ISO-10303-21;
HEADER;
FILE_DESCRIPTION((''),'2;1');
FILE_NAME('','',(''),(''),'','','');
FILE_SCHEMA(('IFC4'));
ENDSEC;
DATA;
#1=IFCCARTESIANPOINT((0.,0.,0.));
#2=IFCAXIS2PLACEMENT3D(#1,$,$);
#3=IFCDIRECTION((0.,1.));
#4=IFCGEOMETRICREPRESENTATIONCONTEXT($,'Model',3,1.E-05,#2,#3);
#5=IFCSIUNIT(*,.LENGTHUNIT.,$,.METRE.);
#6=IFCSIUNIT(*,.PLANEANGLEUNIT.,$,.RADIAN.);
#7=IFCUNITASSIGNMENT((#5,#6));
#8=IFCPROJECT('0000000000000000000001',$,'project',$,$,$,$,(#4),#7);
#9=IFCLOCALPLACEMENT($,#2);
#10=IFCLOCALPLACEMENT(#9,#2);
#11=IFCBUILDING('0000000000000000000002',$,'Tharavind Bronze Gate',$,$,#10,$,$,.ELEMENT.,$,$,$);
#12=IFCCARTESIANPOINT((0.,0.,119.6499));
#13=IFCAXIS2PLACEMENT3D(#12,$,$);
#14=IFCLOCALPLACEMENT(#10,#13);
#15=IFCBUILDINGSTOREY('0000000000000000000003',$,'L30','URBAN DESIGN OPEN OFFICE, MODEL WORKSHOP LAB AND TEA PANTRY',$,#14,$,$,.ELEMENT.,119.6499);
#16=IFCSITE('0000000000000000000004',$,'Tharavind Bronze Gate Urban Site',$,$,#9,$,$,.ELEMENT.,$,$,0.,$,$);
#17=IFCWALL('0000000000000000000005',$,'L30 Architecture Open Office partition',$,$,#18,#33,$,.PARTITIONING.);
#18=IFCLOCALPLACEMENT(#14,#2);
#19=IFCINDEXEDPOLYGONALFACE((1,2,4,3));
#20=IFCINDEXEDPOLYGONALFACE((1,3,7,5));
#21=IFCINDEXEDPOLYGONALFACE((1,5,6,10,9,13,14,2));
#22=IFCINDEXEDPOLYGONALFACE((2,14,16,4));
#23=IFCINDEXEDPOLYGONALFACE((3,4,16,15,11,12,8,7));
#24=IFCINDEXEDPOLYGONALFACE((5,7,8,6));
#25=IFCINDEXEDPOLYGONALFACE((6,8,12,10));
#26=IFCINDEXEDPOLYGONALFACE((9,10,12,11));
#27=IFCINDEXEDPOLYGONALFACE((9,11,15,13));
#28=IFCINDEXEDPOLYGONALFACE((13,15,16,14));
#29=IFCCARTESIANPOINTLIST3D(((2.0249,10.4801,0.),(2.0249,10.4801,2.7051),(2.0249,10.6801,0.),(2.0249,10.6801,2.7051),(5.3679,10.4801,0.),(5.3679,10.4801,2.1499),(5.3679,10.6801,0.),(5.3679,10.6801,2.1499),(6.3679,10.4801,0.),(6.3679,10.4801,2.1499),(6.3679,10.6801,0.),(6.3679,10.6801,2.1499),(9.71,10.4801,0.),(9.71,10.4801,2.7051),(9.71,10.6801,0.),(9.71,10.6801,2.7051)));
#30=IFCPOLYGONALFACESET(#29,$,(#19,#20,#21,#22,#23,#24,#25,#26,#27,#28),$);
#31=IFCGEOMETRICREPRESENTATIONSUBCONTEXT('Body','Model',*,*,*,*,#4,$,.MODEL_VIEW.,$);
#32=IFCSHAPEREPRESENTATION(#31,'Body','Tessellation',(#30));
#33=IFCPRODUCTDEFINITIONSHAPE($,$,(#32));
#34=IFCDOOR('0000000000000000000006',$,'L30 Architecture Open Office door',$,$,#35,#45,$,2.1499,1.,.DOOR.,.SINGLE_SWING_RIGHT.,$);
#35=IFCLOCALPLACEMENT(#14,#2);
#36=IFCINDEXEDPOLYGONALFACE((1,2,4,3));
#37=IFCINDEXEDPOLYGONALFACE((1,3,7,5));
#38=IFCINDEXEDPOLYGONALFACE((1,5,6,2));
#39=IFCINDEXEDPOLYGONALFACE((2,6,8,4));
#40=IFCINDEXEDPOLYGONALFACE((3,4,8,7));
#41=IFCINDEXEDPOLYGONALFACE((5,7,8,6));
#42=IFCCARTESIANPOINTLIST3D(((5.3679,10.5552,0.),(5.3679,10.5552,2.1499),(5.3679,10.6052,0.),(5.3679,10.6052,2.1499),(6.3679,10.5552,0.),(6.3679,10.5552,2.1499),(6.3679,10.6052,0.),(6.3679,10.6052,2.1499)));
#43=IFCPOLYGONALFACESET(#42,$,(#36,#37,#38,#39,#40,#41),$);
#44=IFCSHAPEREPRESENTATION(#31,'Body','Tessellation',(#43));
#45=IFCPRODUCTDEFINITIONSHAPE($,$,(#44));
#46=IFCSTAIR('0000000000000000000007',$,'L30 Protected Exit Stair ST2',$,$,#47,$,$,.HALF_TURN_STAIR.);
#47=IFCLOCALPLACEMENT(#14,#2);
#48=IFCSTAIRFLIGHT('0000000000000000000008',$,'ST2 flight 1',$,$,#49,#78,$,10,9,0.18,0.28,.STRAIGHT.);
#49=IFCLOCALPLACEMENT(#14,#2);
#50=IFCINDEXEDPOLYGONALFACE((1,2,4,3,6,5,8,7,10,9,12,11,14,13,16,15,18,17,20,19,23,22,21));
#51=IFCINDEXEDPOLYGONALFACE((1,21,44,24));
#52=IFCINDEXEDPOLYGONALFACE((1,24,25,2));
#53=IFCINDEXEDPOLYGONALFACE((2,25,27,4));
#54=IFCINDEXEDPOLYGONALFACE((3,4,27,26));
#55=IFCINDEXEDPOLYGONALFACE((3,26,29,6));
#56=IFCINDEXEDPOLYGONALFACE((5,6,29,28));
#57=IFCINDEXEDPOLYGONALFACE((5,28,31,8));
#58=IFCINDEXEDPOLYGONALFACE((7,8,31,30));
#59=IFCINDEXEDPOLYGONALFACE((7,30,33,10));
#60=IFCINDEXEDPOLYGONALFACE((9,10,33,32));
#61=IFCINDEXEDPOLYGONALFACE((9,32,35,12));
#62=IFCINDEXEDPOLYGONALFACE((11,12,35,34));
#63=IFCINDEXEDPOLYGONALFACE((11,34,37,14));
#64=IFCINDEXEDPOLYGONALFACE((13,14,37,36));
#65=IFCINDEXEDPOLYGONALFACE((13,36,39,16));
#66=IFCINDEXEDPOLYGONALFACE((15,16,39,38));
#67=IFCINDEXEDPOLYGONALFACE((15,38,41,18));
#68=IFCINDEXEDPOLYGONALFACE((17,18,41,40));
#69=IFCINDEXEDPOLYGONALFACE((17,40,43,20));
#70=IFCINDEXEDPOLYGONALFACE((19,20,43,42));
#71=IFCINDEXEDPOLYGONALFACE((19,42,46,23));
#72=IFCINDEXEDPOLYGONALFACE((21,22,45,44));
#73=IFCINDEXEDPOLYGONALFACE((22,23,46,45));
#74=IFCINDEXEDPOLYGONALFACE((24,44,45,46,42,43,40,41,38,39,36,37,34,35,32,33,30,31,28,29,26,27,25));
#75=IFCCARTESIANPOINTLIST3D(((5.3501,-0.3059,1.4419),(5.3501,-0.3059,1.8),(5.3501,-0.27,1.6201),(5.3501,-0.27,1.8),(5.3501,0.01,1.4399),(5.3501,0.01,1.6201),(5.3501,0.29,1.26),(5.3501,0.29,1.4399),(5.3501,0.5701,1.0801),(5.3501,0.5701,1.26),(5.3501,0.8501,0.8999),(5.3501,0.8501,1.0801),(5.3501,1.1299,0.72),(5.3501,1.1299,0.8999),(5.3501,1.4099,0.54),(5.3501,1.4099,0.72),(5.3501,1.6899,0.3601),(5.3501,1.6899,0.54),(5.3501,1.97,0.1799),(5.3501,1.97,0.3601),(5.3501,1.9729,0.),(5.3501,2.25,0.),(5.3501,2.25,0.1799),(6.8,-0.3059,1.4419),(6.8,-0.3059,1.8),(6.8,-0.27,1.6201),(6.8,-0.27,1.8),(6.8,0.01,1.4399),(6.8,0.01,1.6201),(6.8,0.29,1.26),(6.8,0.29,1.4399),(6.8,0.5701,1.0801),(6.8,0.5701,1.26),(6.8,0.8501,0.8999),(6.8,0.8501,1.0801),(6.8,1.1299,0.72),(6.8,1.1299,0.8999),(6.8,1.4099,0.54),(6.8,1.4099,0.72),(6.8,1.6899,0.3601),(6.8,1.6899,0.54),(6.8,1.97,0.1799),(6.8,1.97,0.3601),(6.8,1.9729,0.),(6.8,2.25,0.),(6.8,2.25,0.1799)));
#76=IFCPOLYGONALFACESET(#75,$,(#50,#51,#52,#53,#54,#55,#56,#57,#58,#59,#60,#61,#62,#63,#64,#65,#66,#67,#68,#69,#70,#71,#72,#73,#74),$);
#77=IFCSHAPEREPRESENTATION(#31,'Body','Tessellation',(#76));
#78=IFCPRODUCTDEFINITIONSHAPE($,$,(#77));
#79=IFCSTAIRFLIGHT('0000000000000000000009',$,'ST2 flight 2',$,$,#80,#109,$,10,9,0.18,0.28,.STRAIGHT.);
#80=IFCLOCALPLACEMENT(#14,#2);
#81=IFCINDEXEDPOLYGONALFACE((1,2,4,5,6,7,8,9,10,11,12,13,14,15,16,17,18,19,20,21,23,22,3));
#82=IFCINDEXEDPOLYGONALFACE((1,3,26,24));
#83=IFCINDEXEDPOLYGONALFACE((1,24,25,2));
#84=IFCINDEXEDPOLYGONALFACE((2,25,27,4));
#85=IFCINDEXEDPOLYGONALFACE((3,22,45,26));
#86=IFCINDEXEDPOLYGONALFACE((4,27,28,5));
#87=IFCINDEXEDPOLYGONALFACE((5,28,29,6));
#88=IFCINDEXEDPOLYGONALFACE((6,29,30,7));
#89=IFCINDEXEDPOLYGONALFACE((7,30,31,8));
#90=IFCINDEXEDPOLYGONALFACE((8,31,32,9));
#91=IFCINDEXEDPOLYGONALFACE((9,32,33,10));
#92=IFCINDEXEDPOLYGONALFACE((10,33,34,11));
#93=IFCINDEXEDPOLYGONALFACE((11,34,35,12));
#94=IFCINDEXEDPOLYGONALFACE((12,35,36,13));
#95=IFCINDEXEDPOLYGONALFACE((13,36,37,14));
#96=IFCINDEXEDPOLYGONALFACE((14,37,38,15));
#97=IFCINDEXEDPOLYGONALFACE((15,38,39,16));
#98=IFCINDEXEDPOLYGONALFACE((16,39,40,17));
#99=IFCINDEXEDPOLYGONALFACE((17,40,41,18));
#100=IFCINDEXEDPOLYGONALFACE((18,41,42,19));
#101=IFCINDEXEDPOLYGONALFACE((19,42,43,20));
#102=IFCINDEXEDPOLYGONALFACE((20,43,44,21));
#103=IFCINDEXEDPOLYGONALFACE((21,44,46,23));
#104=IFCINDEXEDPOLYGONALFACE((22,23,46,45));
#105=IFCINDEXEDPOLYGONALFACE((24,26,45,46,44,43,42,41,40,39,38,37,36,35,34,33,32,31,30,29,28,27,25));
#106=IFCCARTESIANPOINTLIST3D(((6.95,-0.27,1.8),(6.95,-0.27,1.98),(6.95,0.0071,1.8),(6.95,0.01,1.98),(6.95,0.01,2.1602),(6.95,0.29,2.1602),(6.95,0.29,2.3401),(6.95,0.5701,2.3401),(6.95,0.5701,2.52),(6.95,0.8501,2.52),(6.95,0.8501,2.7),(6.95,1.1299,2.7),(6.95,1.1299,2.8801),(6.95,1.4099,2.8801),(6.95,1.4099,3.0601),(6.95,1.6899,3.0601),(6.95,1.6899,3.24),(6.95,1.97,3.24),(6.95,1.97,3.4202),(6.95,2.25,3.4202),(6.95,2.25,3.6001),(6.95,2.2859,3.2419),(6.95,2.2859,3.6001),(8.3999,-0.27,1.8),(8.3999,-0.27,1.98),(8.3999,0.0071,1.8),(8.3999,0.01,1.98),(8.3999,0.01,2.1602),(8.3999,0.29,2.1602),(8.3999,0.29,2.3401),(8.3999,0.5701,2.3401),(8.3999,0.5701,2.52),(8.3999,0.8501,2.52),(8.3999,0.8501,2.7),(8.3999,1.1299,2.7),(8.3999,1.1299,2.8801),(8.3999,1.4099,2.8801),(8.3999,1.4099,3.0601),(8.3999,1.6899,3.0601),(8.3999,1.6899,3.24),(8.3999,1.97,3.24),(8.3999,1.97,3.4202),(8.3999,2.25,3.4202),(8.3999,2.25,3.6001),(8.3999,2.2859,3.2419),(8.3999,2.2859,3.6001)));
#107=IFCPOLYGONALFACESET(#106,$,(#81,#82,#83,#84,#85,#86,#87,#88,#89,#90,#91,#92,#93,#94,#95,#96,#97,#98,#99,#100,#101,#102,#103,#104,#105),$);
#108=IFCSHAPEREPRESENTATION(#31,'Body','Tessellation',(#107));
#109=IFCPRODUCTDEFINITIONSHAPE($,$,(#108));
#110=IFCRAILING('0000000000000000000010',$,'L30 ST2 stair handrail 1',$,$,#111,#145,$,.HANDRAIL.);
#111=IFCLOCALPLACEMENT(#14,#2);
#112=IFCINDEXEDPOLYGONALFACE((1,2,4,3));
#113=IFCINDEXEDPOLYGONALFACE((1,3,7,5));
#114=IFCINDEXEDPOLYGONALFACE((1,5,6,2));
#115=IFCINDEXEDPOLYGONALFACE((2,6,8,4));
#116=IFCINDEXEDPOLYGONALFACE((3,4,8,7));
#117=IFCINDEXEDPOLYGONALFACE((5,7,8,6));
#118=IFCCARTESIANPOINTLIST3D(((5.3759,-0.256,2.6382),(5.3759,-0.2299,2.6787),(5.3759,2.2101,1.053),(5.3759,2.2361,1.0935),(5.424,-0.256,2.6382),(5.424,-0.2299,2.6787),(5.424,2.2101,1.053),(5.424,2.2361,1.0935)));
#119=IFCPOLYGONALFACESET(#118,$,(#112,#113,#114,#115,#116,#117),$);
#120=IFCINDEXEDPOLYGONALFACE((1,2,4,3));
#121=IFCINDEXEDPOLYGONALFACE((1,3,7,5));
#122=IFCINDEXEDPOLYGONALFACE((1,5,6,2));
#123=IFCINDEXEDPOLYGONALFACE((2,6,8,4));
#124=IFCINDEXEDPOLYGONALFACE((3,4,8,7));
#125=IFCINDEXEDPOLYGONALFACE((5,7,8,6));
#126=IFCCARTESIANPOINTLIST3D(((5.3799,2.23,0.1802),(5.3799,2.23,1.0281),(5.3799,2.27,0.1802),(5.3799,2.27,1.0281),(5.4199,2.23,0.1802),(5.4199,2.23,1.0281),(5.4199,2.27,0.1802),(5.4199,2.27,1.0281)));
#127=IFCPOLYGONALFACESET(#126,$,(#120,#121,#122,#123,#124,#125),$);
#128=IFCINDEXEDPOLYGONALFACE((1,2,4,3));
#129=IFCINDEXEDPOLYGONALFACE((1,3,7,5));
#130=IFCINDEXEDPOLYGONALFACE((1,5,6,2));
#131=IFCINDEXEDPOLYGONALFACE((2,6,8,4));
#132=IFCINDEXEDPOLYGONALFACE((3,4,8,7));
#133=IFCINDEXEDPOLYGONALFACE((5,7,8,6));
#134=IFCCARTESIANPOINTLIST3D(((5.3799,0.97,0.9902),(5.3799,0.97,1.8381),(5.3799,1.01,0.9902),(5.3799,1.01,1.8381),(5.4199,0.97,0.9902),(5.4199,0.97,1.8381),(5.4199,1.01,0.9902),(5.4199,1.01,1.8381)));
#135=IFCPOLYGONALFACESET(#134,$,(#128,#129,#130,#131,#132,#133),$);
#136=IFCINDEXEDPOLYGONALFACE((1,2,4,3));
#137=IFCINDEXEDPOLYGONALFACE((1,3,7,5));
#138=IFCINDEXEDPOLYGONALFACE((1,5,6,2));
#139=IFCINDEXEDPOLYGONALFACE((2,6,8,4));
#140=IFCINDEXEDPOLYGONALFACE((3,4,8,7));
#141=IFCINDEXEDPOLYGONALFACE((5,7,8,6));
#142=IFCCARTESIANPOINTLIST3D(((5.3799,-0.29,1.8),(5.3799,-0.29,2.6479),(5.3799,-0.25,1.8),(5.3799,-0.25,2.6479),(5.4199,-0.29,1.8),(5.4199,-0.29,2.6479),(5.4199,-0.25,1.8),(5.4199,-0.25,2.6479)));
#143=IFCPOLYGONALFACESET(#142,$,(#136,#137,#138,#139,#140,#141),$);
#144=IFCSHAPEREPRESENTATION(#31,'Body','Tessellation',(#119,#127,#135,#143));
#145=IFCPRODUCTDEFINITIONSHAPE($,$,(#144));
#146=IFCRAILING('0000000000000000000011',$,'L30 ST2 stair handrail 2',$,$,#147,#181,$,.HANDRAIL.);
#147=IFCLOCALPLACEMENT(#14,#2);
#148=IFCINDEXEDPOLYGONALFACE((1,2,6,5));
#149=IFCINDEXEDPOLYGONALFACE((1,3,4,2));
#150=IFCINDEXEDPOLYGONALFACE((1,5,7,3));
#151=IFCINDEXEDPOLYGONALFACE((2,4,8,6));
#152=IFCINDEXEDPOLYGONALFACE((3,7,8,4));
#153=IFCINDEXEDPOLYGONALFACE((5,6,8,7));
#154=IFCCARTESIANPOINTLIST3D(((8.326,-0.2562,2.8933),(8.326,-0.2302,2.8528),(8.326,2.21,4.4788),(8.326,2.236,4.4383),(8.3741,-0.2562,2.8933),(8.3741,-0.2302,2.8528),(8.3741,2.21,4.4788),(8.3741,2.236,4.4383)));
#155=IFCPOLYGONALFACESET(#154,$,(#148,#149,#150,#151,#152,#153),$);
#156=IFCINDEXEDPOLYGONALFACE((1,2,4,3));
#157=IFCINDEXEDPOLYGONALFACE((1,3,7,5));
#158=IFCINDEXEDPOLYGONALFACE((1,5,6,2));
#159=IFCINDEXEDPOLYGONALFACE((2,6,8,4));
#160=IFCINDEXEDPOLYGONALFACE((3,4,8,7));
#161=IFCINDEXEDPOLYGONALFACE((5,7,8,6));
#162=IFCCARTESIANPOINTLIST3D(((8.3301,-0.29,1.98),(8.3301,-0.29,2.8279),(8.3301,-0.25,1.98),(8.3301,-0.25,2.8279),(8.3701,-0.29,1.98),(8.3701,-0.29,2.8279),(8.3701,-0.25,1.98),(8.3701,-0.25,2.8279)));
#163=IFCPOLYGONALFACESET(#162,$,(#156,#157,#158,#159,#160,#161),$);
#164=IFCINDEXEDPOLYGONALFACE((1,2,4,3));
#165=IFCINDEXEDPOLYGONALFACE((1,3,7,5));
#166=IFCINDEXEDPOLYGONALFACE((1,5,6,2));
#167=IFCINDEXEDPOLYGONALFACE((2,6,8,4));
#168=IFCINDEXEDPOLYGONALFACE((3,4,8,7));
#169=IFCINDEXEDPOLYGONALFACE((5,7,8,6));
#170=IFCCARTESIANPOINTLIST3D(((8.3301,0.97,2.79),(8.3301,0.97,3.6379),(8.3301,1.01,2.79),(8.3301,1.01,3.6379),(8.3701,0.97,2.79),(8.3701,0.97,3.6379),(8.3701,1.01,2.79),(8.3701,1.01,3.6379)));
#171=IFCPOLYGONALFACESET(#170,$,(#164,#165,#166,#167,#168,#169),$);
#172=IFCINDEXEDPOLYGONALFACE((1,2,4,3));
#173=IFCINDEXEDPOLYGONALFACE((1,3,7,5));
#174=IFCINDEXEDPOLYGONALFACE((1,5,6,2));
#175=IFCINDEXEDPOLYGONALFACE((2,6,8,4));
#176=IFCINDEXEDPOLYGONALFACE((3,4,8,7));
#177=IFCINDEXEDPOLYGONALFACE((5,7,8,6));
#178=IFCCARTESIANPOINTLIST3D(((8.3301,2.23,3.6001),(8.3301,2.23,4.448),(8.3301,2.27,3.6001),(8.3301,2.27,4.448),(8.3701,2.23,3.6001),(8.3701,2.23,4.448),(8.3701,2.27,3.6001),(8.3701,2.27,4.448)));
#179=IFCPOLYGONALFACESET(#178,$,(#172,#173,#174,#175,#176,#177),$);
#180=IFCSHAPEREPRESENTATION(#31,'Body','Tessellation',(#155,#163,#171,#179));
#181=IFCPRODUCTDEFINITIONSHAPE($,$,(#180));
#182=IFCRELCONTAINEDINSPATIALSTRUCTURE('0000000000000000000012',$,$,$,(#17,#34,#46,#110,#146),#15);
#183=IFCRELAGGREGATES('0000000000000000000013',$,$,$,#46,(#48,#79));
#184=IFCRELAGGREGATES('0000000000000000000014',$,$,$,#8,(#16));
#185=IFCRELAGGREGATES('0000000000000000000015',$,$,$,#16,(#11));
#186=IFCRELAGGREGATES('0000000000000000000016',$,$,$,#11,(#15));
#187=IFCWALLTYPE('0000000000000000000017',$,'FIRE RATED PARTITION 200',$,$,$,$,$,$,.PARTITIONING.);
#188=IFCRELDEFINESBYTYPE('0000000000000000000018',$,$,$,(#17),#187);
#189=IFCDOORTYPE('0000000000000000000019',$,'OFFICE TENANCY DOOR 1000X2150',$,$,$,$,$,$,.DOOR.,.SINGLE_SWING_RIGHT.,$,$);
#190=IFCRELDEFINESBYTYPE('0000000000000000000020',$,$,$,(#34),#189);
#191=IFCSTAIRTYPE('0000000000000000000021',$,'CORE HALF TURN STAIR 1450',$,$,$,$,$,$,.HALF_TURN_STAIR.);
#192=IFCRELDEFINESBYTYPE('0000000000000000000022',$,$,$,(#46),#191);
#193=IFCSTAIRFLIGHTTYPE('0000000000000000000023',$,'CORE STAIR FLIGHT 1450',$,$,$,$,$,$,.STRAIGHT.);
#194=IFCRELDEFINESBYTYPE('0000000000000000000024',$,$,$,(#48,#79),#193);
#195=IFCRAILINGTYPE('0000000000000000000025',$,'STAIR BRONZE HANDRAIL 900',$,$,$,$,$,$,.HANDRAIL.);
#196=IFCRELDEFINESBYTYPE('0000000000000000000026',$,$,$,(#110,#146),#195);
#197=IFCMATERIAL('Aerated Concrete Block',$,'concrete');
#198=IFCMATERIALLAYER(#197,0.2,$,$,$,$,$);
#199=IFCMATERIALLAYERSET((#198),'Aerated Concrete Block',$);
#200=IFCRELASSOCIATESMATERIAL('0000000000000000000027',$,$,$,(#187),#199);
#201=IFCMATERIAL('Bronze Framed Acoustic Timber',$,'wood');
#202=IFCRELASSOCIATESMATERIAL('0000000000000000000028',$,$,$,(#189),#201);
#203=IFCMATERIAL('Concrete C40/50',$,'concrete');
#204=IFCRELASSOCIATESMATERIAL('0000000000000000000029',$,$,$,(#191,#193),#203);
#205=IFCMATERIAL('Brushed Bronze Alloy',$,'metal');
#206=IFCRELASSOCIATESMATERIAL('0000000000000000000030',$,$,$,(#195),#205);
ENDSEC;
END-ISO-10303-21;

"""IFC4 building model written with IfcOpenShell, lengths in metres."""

from ifc_helpers import new_model, si_unit, direction, frame, frame_2d, origin, origin_2d, place, context, subcontext, project, spatial, polyline, rectangle, outline, extrude, material, layer, layer_set, type_object, element, fill, aggregate, save


model = new_model("IFC4")

# Units and contexts
model_context = context("Model", 3, precision=1e-05, world=origin(), true_north=direction((0.0, 1.0)))
body_context = subcontext(model_context, "Body", "Model", "MODEL_VIEW")
ifc_project = project(units=[si_unit("LENGTHUNIT", "METRE"), si_unit("PLANEANGLEUNIT", "RADIAN")], contexts=[model_context])

# Site, building, storey
site_placement = place(None, origin())
site = spatial("IfcSite", under=ifc_project, at=site_placement, Name="Tharavind Bronze Gate Urban Site", CompositionType="ELEMENT", RefElevation=0.0)
building_placement = place(site_placement, origin())
building = spatial("IfcBuilding", under=site, at=building_placement, Name="Tharavind Bronze Gate", CompositionType="ELEMENT")
storey_placement = place(building_placement, frame((0.0, 0.0, 119.6499)))
storey = spatial("IfcBuildingStorey", under=building, at=storey_placement, Name="L30", Description="URBAN DESIGN OPEN OFFICE, MODEL WORKSHOP LAB AND TEA PANTRY", CompositionType="ELEMENT", Elevation=119.6499)

# Wall, opening, door
ifc_material_1 = material(Name="Aerated Concrete Block", Category="concrete")
ifc_layer_1 = layer(ifc_material_1, 0.2)
ifc_layer_set_1 = layer_set([ifc_layer_1], Name="Aerated Concrete Block")
wall_type_1 = type_object("IfcWallType", Name="FIRE RATED PARTITION 200", PredefinedType="PARTITIONING", material=ifc_layer_set_1)
wall_1_placement = place(storey_placement, frame((9.71, 10.5801, 0.0), z_axis=(0.0, 0.0, 1.0), x_axis=(-1.0, 0.0, 0.0)))
wall_1 = element("IfcWall", 1, at=wall_1_placement, inside=storey, type_object=wall_type_1, Name="L30 Architecture Open Office partition", PredefinedType="PARTITIONING", context=body_context, shape_type="SweptSolid", body=[
    extrude(rectangle(XDim=7.6851, YDim=0.2, at=frame_2d((3.8425, 0.0))), origin(), (0.0, 0.0, 1.0), 2.7051),
])
opening_1_placement = place(wall_1_placement, frame((3.342, 0.0, 0.0)))
opening_1 = element("IfcOpeningElement", 2, at=opening_1_placement, cuts=wall_1, PredefinedType="OPENING", context=body_context, shape_type="SweptSolid", body=[
    extrude(rectangle(XDim=1.0, YDim=2.1499, at=frame_2d((0.5, 1.075))), frame((0.0, 0.1101, 0.0), z_axis=(0.0, -1.0, 0.0), x_axis=(1.0, 0.0, 0.0)), (0.0, 0.0, 1.0), 0.22),
])
ifc_material_2 = material(Name="Bronze Framed Acoustic Timber", Category="wood")
door_type_1 = type_object("IfcDoorType", Name="OFFICE TENANCY DOOR 1000X2150", OperationType="SINGLE_SWING_RIGHT", PredefinedType="DOOR", material=ifc_material_2)
door_1_placement = place(opening_1_placement, origin())
door_1 = element("IfcDoor", 3, at=door_1_placement, inside=storey, type_object=door_type_1, Name="L30 Architecture Open Office door", OperationType="SINGLE_SWING_RIGHT", OverallHeight=2.1499, OverallWidth=1.0, PredefinedType="DOOR", context=body_context, shape_type="SweptSolid", body=[
    extrude(rectangle(XDim=1.0, YDim=2.1499, at=frame_2d((0.5, 1.075))), frame((0.0, 0.0249, 0.0), z_axis=(0.0, -1.0, 0.0), x_axis=(1.0, 0.0, 0.0)), (0.0, 0.0, 1.0), 0.05),
])
fill(opening_1, door_1)

# Stair, stair flights
ifc_material_3 = material(Name="Concrete C40/50", Category="concrete")
stair_type = type_object("IfcStairType", Name="CORE HALF TURN STAIR 1450", PredefinedType="HALF_TURN_STAIR", material=ifc_material_3)
stair_placement = place(storey_placement, origin())
stair = element("IfcStair", 4, at=stair_placement, inside=storey, type_object=stair_type, Name="L30 Protected Exit Stair ST2", PredefinedType="HALF_TURN_STAIR")
stair_flight_type = type_object("IfcStairFlightType", Name="CORE STAIR FLIGHT 1450", PredefinedType="STRAIGHT", material=ifc_material_3)
stair_flight_1_placement = place(storey_placement, frame((6.075, 2.25, 0.0), z_axis=(0.0, 0.0, 1.0), x_axis=(0.0, -1.0, 0.0)))
stair_flight_1 = element("IfcStairFlight", 5, at=stair_flight_1_placement, type_object=stair_flight_type, Name="ST2 flight 1", NumberOfRisers=10, NumberOfTreads=9, PredefinedType="STRAIGHT", RiserHeight=0.18, TreadLength=0.28, context=body_context, shape_type="SweptSolid", body=[
    extrude(outline(polyline([(0.0, 0.0), (0.0, 0.1799), (0.28, 0.1799), (0.28, 0.3601), (0.5601, 0.3601), (0.5601, 0.54), (0.8401, 0.54), (0.8401, 0.72), (1.1201, 0.72), (1.1201, 0.8999), (1.3999, 0.8999), (1.3999, 1.0801), (1.6799, 1.0801), (1.6799, 1.26), (1.96, 1.26), (1.96, 1.4399), (2.24, 1.4399), (2.24, 1.6201), (2.52, 1.6201), (2.52, 1.8), (2.5559, 1.8), (2.5559, 1.4419), (0.2771, 0.0), (0.0, 0.0)])), frame((0.0, 0.7251, 0.0), z_axis=(0.0, -1.0, 0.0), x_axis=(1.0, 0.0, 0.0)), (0.0, 0.0, 1.0), 1.45),
])
stair_flight_2_placement = place(storey_placement, frame((7.675, -0.27, 1.8), z_axis=(0.0, 0.0, 1.0), x_axis=(0.0, 1.0, 0.0)))
stair_flight_2 = element("IfcStairFlight", 6, at=stair_flight_2_placement, type_object=stair_flight_type, Name="ST2 flight 2", NumberOfRisers=10, NumberOfTreads=9, PredefinedType="STRAIGHT", RiserHeight=0.18, TreadLength=0.28, context=body_context, shape_type="SweptSolid", body=[
    extrude(outline(polyline([(0.0, 0.0), (0.0, 0.1799), (0.28, 0.1799), (0.28, 0.3601), (0.5601, 0.3601), (0.5601, 0.54), (0.8401, 0.54), (0.8401, 0.72), (1.1201, 0.72), (1.1201, 0.8999), (1.3999, 0.8999), (1.3999, 1.0801), (1.6799, 1.0801), (1.6799, 1.26), (1.96, 1.26), (1.96, 1.4399), (2.24, 1.4399), (2.24, 1.6201), (2.52, 1.6201), (2.52, 1.8), (2.5559, 1.8), (2.5559, 1.4419), (0.2771, 0.0), (0.0, 0.0)])), frame((0.0, 0.7251, 0.0), z_axis=(0.0, -1.0, 0.0), x_axis=(1.0, 0.0, 0.0)), (0.0, 0.0, 1.0), 1.45),
])
aggregate(stair, [stair_flight_1, stair_flight_2])

# Railings
ifc_material_4 = material(Name="Brushed Bronze Alloy", Category="metal")
railing_type_1 = type_object("IfcRailingType", Name="STAIR BRONZE HANDRAIL 900", PredefinedType="HANDRAIL", material=ifc_material_4)
railing_1_placement = place(storey_placement, frame((5.3999, 2.25, 0.1802)))
element("IfcRailing", 7, at=railing_1_placement, inside=storey, type_object=railing_type_1, Name="L30 ST2 stair handrail 1", PredefinedType="HANDRAIL", context=body_context, shape_type="SweptSolid", body=[
    extrude(rectangle(XDim=0.0481, YDim=0.0481, at=origin_2d()), frame((0.0, -0.0269, 0.8931), z_axis=(0.0, -0.8412, 0.540725), x_axis=(1.0, 0.0, 0.0)), (0.0, 0.0, 1.0), 2.9316),
    extrude(rectangle(XDim=0.04, YDim=0.04, at=origin_2d()), origin(), (0.0, 0.0, 1.0), 0.8479),
    extrude(rectangle(XDim=0.04, YDim=0.04, at=origin_2d()), frame((0.0, -1.26, 0.8101)), (0.0, 0.0, 1.0), 0.8479),
    extrude(rectangle(XDim=0.04, YDim=0.04, at=origin_2d()), frame((0.0, -2.52, 1.6199)), (0.0, 0.0, 1.0), 0.8479),
])
railing_2_placement = place(storey_placement, frame((8.3501, -0.27, 1.98)))
element("IfcRailing", 8, at=railing_2_placement, inside=storey, type_object=railing_type_1, Name="L30 ST2 stair handrail 2", PredefinedType="HANDRAIL", context=body_context, shape_type="SweptSolid", body=[
    extrude(rectangle(XDim=0.0481, YDim=0.0481, at=origin_2d()), frame((0.0, 0.0269, 0.8931), z_axis=(0.0, 0.841163, 0.540782), x_axis=(-1.0, 0.0, 0.0)), (0.0, 0.0, 1.0), 2.9319),
    extrude(rectangle(XDim=0.04, YDim=0.04, at=origin_2d()), origin(), (0.0, 0.0, 1.0), 0.8479),
    extrude(rectangle(XDim=0.04, YDim=0.04, at=origin_2d()), frame((0.0, 1.26, 0.8101)), (0.0, 0.0, 1.0), 0.8479),
    extrude(rectangle(XDim=0.04, YDim=0.04, at=origin_2d()), frame((0.0, 2.52, 1.6201)), (0.0, 0.0, 1.0), 0.8479),
])

save(model, "model.ifc")
